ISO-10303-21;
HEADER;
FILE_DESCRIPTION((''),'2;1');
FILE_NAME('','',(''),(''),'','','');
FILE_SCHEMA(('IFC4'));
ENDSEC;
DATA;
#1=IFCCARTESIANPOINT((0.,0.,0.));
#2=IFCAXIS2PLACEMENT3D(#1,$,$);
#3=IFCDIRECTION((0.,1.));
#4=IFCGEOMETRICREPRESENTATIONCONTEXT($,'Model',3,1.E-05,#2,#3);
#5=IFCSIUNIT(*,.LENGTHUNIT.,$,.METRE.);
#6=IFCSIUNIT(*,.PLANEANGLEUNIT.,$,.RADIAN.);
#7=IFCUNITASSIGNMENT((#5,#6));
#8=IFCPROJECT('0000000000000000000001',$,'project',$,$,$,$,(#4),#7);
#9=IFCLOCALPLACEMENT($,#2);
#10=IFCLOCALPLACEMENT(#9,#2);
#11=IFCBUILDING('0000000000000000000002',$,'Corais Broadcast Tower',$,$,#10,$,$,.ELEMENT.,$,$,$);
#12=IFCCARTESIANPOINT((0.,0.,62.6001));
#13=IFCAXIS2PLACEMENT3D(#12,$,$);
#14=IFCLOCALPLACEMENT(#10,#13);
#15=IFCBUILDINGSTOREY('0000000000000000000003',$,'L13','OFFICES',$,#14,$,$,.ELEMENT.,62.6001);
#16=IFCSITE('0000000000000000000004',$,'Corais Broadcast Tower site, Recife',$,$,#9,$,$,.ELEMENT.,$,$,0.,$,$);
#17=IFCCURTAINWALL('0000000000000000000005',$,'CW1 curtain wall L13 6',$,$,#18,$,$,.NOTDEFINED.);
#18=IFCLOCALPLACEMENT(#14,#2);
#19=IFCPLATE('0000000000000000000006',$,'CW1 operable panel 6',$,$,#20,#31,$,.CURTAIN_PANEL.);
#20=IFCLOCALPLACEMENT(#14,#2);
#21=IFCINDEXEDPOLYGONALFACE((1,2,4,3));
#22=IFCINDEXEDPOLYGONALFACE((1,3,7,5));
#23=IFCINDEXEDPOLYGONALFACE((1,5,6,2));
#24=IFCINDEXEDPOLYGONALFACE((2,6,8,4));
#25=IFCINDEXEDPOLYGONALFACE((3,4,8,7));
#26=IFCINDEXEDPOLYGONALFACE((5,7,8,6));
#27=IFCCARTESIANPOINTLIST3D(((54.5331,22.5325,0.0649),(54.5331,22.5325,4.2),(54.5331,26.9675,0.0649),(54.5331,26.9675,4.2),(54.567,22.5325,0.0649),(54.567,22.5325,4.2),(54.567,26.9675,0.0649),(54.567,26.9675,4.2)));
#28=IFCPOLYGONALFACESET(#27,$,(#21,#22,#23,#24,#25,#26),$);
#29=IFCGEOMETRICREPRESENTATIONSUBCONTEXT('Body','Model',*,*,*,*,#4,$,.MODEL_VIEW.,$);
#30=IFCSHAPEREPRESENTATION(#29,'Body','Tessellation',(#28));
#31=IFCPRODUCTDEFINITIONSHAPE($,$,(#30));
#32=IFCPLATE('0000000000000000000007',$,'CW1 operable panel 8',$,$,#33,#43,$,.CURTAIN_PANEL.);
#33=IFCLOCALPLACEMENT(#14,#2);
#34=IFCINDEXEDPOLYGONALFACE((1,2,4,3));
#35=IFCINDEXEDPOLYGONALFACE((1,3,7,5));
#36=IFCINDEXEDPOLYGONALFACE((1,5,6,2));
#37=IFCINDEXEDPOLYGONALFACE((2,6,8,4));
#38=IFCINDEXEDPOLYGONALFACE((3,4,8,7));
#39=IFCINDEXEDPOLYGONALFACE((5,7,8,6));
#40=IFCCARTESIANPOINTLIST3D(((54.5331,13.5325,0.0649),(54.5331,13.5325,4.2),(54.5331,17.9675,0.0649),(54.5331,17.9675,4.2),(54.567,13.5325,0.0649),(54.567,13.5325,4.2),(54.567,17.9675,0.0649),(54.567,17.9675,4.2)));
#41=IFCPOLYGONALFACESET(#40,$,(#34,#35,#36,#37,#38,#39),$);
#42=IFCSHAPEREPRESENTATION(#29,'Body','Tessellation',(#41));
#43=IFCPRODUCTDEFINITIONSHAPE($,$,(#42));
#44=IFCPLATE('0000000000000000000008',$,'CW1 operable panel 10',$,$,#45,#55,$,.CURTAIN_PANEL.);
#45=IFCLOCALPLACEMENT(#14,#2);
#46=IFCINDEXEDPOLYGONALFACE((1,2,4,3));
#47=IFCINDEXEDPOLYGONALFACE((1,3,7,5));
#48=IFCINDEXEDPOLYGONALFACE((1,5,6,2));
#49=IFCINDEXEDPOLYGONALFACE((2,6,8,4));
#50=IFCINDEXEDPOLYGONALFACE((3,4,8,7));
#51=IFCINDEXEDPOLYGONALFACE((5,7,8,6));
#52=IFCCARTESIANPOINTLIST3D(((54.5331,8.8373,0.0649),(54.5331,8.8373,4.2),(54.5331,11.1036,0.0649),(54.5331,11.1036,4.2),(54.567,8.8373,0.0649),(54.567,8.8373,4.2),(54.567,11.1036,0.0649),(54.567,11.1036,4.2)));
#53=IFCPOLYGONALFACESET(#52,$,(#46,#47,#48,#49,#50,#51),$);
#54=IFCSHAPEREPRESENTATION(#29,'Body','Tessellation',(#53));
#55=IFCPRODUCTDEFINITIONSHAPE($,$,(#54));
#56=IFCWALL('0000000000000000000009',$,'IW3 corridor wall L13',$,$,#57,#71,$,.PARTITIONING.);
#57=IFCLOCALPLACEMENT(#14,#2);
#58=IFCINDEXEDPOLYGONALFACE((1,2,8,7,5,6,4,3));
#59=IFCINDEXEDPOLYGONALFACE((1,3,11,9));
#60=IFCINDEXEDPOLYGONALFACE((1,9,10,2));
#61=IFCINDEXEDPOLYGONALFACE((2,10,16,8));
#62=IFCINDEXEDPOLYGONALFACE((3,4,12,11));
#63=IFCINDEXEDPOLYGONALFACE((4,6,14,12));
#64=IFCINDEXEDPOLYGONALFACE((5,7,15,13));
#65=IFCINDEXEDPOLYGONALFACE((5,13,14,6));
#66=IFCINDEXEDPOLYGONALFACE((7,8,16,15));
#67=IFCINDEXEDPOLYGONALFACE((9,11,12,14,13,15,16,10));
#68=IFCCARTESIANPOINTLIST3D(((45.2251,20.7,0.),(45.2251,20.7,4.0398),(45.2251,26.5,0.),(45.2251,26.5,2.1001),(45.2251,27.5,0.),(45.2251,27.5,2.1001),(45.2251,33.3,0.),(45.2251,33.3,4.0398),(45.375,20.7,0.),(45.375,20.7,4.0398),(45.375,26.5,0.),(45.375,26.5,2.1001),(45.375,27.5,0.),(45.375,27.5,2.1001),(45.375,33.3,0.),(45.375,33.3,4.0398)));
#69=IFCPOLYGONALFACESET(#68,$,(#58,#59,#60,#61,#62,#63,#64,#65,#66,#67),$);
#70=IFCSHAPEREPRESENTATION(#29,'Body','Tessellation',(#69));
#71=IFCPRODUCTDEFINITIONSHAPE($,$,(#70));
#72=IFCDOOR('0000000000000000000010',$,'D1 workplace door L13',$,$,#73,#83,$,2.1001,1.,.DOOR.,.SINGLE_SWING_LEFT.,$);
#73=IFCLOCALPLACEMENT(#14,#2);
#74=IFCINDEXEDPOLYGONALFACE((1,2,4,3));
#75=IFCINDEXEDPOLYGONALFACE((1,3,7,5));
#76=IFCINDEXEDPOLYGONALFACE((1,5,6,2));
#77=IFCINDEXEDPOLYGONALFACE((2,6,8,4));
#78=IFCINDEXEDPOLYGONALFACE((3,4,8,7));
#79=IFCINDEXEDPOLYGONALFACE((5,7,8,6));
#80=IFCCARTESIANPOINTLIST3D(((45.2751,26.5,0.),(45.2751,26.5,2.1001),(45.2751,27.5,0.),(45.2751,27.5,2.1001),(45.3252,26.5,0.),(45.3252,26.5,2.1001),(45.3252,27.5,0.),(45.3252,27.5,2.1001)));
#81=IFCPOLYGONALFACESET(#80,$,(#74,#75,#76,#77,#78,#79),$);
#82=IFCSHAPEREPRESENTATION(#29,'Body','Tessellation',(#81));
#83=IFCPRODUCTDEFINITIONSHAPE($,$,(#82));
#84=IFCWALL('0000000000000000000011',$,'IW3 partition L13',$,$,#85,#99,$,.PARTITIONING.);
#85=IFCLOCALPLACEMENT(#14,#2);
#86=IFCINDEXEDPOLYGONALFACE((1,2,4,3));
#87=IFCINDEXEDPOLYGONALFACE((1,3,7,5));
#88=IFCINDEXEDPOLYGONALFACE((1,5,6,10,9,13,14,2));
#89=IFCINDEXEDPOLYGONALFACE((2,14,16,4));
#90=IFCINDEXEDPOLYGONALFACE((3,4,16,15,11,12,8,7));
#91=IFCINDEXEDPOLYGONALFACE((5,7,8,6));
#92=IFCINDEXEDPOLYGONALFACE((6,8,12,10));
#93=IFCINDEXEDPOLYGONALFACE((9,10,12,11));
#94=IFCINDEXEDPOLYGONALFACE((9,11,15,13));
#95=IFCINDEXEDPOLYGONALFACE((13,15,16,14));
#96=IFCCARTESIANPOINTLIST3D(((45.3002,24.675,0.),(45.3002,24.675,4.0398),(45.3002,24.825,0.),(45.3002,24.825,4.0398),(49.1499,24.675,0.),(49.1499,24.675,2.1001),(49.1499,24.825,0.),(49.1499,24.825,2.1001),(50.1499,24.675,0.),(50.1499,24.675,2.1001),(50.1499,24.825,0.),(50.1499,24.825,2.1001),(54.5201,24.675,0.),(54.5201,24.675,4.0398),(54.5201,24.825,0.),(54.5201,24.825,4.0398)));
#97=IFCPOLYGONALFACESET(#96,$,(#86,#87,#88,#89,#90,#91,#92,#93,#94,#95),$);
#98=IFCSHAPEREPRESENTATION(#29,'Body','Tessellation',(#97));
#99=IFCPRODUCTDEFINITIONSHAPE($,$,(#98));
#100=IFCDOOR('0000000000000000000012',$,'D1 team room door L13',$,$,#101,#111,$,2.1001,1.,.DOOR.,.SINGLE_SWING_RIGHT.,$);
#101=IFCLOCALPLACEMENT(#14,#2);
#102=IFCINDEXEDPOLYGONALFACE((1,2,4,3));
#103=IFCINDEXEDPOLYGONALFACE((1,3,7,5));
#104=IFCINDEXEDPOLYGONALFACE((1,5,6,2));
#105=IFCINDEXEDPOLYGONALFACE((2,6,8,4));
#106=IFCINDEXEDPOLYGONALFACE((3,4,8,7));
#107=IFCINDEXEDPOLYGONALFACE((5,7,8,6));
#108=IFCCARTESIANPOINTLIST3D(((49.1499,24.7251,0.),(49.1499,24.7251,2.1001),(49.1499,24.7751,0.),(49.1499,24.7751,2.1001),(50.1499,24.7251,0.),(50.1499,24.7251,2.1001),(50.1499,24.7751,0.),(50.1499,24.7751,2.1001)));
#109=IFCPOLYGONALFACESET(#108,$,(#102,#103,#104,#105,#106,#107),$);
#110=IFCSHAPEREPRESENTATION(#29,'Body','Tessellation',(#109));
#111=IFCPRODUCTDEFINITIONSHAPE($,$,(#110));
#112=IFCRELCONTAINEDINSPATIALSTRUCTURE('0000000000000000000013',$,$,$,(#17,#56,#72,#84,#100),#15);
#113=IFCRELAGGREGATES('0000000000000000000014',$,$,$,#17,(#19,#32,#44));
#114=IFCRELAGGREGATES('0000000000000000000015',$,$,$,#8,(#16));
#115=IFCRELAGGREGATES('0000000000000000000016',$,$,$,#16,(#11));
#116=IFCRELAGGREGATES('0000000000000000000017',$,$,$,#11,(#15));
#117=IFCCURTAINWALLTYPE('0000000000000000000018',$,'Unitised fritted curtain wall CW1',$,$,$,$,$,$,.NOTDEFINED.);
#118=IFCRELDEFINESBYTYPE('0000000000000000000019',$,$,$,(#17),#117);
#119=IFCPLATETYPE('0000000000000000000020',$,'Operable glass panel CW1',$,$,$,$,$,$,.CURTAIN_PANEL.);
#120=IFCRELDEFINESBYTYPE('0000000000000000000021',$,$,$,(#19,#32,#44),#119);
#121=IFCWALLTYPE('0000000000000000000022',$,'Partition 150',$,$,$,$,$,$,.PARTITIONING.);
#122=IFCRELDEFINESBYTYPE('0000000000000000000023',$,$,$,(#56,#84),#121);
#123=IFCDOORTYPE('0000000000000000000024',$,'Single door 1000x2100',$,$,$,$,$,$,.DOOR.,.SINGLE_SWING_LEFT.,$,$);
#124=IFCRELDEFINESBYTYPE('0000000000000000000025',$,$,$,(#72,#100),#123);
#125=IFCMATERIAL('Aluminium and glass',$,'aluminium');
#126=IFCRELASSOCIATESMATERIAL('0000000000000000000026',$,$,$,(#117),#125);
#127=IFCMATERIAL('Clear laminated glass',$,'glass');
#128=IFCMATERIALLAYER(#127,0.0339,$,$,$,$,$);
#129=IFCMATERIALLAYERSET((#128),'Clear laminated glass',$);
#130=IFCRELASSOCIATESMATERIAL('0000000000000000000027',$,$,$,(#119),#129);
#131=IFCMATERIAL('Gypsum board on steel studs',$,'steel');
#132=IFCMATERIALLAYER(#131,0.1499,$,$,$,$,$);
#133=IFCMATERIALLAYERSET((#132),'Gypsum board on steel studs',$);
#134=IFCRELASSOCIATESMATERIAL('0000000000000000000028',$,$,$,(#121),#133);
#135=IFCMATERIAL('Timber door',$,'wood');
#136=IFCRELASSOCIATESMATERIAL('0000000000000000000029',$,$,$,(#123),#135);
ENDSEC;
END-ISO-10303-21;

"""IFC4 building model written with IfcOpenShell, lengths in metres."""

from ifc_helpers import new_model, si_unit, direction, frame, frame_2d, origin, origin_2d, place, context, subcontext, project, spatial, rectangle, extrude, material, layer, layer_set, type_object, element, fill, aggregate, save


model = new_model("IFC4")

# Units and contexts
model_context = context("Model", 3, precision=1e-05, world=origin(), true_north=direction((0.0, 1.0)))
body_context = subcontext(model_context, "Body", "Model", "MODEL_VIEW")
ifc_project = project(units=[si_unit("LENGTHUNIT", "METRE"), si_unit("PLANEANGLEUNIT", "RADIAN")], contexts=[model_context])

# Site, building, storey
site_placement = place(None, origin())
site = spatial("IfcSite", under=ifc_project, at=site_placement, Name="Corais Broadcast Tower site, Recife", CompositionType="ELEMENT", RefElevation=0.0)
building_placement = place(site_placement, origin())
building = spatial("IfcBuilding", under=site, at=building_placement, Name="Corais Broadcast Tower", CompositionType="ELEMENT")
storey_placement = place(building_placement, frame((0.0, 0.0, 62.6001)))
storey = spatial("IfcBuildingStorey", under=building, at=storey_placement, Name="L13", Description="OFFICES", CompositionType="ELEMENT", Elevation=62.6001)

# Curtain wall
ifc_material_1 = material(Name="Aluminium and glass", Category="aluminium")
curtain_wall_type = type_object("IfcCurtainWallType", Name="Unitised fritted curtain wall CW1", PredefinedType="NOTDEFINED", material=ifc_material_1)
curtain_wall_placement = place(storey_placement, origin())
curtain_wall = element("IfcCurtainWall", 1, at=curtain_wall_placement, inside=storey, type_object=curtain_wall_type, Name="CW1 curtain wall L13 6", PredefinedType="NOTDEFINED")

# Plates
ifc_material_2 = material(Name="Clear laminated glass", Category="glass")
ifc_layer_1 = layer(ifc_material_2, 0.0339)
ifc_layer_set_1 = layer_set([ifc_layer_1], Name="Clear laminated glass")
plate_type_1 = type_object("IfcPlateType", Name="Operable glass panel CW1", PredefinedType="CURTAIN_PANEL", material=ifc_layer_set_1)
plate_1_placement = place(storey_placement, frame((54.55, 24.75, 0.0649), z_axis=(0.0, 0.0, 1.0), x_axis=(0.0, -1.0, 0.0)))
plate_1 = element("IfcPlate", 2, at=plate_1_placement, type_object=plate_type_1, Name="CW1 operable panel 6", PredefinedType="CURTAIN_PANEL", context=body_context, shape_type="SweptSolid", body=[
    extrude(rectangle(XDim=4.4351, YDim=0.0339, at=origin_2d()), origin(), (0.0, 0.0, 1.0), 4.135),
])
plate_2_placement = place(storey_placement, frame((54.55, 15.75, 0.0649), z_axis=(0.0, 0.0, 1.0), x_axis=(0.0, -1.0, 0.0)))
plate_2 = element("IfcPlate", 3, at=plate_2_placement, type_object=plate_type_1, Name="CW1 operable panel 8", PredefinedType="CURTAIN_PANEL", context=body_context, shape_type="SweptSolid", body=[
    extrude(rectangle(XDim=4.4351, YDim=0.0339, at=origin_2d()), origin(), (0.0, 0.0, 1.0), 4.135),
])
plate_3_placement = place(storey_placement, frame((54.55, 9.9705, 0.0649), z_axis=(0.0, 0.0, 1.0), x_axis=(0.0, -1.0, 0.0)))
plate_3 = element("IfcPlate", 4, at=plate_3_placement, type_object=plate_type_1, Name="CW1 operable panel 10", PredefinedType="CURTAIN_PANEL", context=body_context, shape_type="SweptSolid", body=[
    extrude(rectangle(XDim=2.2664, YDim=0.0339, at=origin_2d()), origin(), (0.0, 0.0, 1.0), 4.135),
])
aggregate(curtain_wall, [plate_1, plate_2, plate_3])

# Walls, openings, doors
ifc_material_3 = material(Name="Gypsum board on steel studs", Category="steel")
ifc_layer_2 = layer(ifc_material_3, 0.1499)
ifc_layer_set_2 = layer_set([ifc_layer_2], Name="Gypsum board on steel studs")
wall_type = type_object("IfcWallType", Name="Partition 150", PredefinedType="PARTITIONING", material=ifc_layer_set_2)
wall_1_placement = place(storey_placement, frame((45.3, 20.7, 0.0), z_axis=(0.0, 0.0, 1.0), x_axis=(0.0, 1.0, 0.0)))
wall_1 = element("IfcWall", 5, at=wall_1_placement, inside=storey, type_object=wall_type, Name="IW3 corridor wall L13", PredefinedType="PARTITIONING", context=body_context, shape_type="SweptSolid", body=[
    extrude(rectangle(XDim=12.6001, YDim=0.1499, at=frame_2d((6.3, 0.0))), origin(), (0.0, 0.0, 1.0), 4.0398),
])
opening_1_placement = place(wall_1_placement, frame((5.8, 0.0, 0.0)))
opening_1 = element("IfcOpeningElement", 6, at=opening_1_placement, cuts=wall_1, PredefinedType="OPENING", context=body_context, shape_type="SweptSolid", body=[
    extrude(rectangle(XDim=1.0, YDim=2.1001, at=frame_2d((0.5, 1.05))), frame((0.0, 0.085, 0.0), z_axis=(0.0, -1.0, 0.0), x_axis=(1.0, 0.0, 0.0)), (0.0, 0.0, 1.0), 0.1699),
])
ifc_material_4 = material(Name="Timber door", Category="wood")
door_type = type_object("IfcDoorType", Name="Single door 1000x2100", OperationType="SINGLE_SWING_LEFT", PredefinedType="DOOR", material=ifc_material_4)
door_1_placement = place(opening_1_placement, origin())
door_1 = element("IfcDoor", 7, at=door_1_placement, inside=storey, type_object=door_type, Name="D1 workplace door L13", OperationType="SINGLE_SWING_LEFT", OverallHeight=2.1001, OverallWidth=1.0, PredefinedType="DOOR", context=body_context, shape_type="SweptSolid", body=[
    extrude(rectangle(XDim=1.0, YDim=2.1001, at=frame_2d((0.5, 1.05))), frame((0.0, 0.0249, 0.0), z_axis=(0.0, -1.0, 0.0), x_axis=(1.0, 0.0, 0.0)), (0.0, 0.0, 1.0), 0.05),
])
fill(opening_1, door_1)
wall_2_placement = place(storey_placement, frame((54.52, 24.75, 0.0), z_axis=(0.0, 0.0, 1.0), x_axis=(-1.0, 0.0, 0.0)))
wall_2 = element("IfcWall", 8, at=wall_2_placement, inside=storey, type_object=wall_type, Name="IW3 partition L13", PredefinedType="PARTITIONING", context=body_context, shape_type="SweptSolid", body=[
    extrude(rectangle(XDim=9.22, YDim=0.1499, at=frame_2d((4.6099, 0.0))), origin(), (0.0, 0.0, 1.0), 4.0398),
])
opening_2_placement = place(wall_2_placement, frame((4.3701, 0.0, 0.0)))
opening_2 = element("IfcOpeningElement", 9, at=opening_2_placement, cuts=wall_2, PredefinedType="OPENING", context=body_context, shape_type="SweptSolid", body=[
    extrude(rectangle(XDim=1.0, YDim=2.1001, at=frame_2d((0.5, 1.05))), frame((0.0, 0.085, 0.0), z_axis=(0.0, -1.0, 0.0), x_axis=(1.0, 0.0, 0.0)), (0.0, 0.0, 1.0), 0.1699),
])
door_2_placement = place(opening_2_placement, origin())
door_2 = element("IfcDoor", 10, at=door_2_placement, inside=storey, type_object=door_type, Name="D1 team room door L13", OperationType="SINGLE_SWING_RIGHT", OverallHeight=2.1001, OverallWidth=1.0, PredefinedType="DOOR", context=body_context, shape_type="SweptSolid", body=[
    extrude(rectangle(XDim=1.0, YDim=2.1001, at=frame_2d((0.5, 1.05))), frame((0.0, 0.0249, 0.0), z_axis=(0.0, -1.0, 0.0), x_axis=(1.0, 0.0, 0.0)), (0.0, 0.0, 1.0), 0.05),
])
fill(opening_2, door_2)

save(model, "model.ifc")
